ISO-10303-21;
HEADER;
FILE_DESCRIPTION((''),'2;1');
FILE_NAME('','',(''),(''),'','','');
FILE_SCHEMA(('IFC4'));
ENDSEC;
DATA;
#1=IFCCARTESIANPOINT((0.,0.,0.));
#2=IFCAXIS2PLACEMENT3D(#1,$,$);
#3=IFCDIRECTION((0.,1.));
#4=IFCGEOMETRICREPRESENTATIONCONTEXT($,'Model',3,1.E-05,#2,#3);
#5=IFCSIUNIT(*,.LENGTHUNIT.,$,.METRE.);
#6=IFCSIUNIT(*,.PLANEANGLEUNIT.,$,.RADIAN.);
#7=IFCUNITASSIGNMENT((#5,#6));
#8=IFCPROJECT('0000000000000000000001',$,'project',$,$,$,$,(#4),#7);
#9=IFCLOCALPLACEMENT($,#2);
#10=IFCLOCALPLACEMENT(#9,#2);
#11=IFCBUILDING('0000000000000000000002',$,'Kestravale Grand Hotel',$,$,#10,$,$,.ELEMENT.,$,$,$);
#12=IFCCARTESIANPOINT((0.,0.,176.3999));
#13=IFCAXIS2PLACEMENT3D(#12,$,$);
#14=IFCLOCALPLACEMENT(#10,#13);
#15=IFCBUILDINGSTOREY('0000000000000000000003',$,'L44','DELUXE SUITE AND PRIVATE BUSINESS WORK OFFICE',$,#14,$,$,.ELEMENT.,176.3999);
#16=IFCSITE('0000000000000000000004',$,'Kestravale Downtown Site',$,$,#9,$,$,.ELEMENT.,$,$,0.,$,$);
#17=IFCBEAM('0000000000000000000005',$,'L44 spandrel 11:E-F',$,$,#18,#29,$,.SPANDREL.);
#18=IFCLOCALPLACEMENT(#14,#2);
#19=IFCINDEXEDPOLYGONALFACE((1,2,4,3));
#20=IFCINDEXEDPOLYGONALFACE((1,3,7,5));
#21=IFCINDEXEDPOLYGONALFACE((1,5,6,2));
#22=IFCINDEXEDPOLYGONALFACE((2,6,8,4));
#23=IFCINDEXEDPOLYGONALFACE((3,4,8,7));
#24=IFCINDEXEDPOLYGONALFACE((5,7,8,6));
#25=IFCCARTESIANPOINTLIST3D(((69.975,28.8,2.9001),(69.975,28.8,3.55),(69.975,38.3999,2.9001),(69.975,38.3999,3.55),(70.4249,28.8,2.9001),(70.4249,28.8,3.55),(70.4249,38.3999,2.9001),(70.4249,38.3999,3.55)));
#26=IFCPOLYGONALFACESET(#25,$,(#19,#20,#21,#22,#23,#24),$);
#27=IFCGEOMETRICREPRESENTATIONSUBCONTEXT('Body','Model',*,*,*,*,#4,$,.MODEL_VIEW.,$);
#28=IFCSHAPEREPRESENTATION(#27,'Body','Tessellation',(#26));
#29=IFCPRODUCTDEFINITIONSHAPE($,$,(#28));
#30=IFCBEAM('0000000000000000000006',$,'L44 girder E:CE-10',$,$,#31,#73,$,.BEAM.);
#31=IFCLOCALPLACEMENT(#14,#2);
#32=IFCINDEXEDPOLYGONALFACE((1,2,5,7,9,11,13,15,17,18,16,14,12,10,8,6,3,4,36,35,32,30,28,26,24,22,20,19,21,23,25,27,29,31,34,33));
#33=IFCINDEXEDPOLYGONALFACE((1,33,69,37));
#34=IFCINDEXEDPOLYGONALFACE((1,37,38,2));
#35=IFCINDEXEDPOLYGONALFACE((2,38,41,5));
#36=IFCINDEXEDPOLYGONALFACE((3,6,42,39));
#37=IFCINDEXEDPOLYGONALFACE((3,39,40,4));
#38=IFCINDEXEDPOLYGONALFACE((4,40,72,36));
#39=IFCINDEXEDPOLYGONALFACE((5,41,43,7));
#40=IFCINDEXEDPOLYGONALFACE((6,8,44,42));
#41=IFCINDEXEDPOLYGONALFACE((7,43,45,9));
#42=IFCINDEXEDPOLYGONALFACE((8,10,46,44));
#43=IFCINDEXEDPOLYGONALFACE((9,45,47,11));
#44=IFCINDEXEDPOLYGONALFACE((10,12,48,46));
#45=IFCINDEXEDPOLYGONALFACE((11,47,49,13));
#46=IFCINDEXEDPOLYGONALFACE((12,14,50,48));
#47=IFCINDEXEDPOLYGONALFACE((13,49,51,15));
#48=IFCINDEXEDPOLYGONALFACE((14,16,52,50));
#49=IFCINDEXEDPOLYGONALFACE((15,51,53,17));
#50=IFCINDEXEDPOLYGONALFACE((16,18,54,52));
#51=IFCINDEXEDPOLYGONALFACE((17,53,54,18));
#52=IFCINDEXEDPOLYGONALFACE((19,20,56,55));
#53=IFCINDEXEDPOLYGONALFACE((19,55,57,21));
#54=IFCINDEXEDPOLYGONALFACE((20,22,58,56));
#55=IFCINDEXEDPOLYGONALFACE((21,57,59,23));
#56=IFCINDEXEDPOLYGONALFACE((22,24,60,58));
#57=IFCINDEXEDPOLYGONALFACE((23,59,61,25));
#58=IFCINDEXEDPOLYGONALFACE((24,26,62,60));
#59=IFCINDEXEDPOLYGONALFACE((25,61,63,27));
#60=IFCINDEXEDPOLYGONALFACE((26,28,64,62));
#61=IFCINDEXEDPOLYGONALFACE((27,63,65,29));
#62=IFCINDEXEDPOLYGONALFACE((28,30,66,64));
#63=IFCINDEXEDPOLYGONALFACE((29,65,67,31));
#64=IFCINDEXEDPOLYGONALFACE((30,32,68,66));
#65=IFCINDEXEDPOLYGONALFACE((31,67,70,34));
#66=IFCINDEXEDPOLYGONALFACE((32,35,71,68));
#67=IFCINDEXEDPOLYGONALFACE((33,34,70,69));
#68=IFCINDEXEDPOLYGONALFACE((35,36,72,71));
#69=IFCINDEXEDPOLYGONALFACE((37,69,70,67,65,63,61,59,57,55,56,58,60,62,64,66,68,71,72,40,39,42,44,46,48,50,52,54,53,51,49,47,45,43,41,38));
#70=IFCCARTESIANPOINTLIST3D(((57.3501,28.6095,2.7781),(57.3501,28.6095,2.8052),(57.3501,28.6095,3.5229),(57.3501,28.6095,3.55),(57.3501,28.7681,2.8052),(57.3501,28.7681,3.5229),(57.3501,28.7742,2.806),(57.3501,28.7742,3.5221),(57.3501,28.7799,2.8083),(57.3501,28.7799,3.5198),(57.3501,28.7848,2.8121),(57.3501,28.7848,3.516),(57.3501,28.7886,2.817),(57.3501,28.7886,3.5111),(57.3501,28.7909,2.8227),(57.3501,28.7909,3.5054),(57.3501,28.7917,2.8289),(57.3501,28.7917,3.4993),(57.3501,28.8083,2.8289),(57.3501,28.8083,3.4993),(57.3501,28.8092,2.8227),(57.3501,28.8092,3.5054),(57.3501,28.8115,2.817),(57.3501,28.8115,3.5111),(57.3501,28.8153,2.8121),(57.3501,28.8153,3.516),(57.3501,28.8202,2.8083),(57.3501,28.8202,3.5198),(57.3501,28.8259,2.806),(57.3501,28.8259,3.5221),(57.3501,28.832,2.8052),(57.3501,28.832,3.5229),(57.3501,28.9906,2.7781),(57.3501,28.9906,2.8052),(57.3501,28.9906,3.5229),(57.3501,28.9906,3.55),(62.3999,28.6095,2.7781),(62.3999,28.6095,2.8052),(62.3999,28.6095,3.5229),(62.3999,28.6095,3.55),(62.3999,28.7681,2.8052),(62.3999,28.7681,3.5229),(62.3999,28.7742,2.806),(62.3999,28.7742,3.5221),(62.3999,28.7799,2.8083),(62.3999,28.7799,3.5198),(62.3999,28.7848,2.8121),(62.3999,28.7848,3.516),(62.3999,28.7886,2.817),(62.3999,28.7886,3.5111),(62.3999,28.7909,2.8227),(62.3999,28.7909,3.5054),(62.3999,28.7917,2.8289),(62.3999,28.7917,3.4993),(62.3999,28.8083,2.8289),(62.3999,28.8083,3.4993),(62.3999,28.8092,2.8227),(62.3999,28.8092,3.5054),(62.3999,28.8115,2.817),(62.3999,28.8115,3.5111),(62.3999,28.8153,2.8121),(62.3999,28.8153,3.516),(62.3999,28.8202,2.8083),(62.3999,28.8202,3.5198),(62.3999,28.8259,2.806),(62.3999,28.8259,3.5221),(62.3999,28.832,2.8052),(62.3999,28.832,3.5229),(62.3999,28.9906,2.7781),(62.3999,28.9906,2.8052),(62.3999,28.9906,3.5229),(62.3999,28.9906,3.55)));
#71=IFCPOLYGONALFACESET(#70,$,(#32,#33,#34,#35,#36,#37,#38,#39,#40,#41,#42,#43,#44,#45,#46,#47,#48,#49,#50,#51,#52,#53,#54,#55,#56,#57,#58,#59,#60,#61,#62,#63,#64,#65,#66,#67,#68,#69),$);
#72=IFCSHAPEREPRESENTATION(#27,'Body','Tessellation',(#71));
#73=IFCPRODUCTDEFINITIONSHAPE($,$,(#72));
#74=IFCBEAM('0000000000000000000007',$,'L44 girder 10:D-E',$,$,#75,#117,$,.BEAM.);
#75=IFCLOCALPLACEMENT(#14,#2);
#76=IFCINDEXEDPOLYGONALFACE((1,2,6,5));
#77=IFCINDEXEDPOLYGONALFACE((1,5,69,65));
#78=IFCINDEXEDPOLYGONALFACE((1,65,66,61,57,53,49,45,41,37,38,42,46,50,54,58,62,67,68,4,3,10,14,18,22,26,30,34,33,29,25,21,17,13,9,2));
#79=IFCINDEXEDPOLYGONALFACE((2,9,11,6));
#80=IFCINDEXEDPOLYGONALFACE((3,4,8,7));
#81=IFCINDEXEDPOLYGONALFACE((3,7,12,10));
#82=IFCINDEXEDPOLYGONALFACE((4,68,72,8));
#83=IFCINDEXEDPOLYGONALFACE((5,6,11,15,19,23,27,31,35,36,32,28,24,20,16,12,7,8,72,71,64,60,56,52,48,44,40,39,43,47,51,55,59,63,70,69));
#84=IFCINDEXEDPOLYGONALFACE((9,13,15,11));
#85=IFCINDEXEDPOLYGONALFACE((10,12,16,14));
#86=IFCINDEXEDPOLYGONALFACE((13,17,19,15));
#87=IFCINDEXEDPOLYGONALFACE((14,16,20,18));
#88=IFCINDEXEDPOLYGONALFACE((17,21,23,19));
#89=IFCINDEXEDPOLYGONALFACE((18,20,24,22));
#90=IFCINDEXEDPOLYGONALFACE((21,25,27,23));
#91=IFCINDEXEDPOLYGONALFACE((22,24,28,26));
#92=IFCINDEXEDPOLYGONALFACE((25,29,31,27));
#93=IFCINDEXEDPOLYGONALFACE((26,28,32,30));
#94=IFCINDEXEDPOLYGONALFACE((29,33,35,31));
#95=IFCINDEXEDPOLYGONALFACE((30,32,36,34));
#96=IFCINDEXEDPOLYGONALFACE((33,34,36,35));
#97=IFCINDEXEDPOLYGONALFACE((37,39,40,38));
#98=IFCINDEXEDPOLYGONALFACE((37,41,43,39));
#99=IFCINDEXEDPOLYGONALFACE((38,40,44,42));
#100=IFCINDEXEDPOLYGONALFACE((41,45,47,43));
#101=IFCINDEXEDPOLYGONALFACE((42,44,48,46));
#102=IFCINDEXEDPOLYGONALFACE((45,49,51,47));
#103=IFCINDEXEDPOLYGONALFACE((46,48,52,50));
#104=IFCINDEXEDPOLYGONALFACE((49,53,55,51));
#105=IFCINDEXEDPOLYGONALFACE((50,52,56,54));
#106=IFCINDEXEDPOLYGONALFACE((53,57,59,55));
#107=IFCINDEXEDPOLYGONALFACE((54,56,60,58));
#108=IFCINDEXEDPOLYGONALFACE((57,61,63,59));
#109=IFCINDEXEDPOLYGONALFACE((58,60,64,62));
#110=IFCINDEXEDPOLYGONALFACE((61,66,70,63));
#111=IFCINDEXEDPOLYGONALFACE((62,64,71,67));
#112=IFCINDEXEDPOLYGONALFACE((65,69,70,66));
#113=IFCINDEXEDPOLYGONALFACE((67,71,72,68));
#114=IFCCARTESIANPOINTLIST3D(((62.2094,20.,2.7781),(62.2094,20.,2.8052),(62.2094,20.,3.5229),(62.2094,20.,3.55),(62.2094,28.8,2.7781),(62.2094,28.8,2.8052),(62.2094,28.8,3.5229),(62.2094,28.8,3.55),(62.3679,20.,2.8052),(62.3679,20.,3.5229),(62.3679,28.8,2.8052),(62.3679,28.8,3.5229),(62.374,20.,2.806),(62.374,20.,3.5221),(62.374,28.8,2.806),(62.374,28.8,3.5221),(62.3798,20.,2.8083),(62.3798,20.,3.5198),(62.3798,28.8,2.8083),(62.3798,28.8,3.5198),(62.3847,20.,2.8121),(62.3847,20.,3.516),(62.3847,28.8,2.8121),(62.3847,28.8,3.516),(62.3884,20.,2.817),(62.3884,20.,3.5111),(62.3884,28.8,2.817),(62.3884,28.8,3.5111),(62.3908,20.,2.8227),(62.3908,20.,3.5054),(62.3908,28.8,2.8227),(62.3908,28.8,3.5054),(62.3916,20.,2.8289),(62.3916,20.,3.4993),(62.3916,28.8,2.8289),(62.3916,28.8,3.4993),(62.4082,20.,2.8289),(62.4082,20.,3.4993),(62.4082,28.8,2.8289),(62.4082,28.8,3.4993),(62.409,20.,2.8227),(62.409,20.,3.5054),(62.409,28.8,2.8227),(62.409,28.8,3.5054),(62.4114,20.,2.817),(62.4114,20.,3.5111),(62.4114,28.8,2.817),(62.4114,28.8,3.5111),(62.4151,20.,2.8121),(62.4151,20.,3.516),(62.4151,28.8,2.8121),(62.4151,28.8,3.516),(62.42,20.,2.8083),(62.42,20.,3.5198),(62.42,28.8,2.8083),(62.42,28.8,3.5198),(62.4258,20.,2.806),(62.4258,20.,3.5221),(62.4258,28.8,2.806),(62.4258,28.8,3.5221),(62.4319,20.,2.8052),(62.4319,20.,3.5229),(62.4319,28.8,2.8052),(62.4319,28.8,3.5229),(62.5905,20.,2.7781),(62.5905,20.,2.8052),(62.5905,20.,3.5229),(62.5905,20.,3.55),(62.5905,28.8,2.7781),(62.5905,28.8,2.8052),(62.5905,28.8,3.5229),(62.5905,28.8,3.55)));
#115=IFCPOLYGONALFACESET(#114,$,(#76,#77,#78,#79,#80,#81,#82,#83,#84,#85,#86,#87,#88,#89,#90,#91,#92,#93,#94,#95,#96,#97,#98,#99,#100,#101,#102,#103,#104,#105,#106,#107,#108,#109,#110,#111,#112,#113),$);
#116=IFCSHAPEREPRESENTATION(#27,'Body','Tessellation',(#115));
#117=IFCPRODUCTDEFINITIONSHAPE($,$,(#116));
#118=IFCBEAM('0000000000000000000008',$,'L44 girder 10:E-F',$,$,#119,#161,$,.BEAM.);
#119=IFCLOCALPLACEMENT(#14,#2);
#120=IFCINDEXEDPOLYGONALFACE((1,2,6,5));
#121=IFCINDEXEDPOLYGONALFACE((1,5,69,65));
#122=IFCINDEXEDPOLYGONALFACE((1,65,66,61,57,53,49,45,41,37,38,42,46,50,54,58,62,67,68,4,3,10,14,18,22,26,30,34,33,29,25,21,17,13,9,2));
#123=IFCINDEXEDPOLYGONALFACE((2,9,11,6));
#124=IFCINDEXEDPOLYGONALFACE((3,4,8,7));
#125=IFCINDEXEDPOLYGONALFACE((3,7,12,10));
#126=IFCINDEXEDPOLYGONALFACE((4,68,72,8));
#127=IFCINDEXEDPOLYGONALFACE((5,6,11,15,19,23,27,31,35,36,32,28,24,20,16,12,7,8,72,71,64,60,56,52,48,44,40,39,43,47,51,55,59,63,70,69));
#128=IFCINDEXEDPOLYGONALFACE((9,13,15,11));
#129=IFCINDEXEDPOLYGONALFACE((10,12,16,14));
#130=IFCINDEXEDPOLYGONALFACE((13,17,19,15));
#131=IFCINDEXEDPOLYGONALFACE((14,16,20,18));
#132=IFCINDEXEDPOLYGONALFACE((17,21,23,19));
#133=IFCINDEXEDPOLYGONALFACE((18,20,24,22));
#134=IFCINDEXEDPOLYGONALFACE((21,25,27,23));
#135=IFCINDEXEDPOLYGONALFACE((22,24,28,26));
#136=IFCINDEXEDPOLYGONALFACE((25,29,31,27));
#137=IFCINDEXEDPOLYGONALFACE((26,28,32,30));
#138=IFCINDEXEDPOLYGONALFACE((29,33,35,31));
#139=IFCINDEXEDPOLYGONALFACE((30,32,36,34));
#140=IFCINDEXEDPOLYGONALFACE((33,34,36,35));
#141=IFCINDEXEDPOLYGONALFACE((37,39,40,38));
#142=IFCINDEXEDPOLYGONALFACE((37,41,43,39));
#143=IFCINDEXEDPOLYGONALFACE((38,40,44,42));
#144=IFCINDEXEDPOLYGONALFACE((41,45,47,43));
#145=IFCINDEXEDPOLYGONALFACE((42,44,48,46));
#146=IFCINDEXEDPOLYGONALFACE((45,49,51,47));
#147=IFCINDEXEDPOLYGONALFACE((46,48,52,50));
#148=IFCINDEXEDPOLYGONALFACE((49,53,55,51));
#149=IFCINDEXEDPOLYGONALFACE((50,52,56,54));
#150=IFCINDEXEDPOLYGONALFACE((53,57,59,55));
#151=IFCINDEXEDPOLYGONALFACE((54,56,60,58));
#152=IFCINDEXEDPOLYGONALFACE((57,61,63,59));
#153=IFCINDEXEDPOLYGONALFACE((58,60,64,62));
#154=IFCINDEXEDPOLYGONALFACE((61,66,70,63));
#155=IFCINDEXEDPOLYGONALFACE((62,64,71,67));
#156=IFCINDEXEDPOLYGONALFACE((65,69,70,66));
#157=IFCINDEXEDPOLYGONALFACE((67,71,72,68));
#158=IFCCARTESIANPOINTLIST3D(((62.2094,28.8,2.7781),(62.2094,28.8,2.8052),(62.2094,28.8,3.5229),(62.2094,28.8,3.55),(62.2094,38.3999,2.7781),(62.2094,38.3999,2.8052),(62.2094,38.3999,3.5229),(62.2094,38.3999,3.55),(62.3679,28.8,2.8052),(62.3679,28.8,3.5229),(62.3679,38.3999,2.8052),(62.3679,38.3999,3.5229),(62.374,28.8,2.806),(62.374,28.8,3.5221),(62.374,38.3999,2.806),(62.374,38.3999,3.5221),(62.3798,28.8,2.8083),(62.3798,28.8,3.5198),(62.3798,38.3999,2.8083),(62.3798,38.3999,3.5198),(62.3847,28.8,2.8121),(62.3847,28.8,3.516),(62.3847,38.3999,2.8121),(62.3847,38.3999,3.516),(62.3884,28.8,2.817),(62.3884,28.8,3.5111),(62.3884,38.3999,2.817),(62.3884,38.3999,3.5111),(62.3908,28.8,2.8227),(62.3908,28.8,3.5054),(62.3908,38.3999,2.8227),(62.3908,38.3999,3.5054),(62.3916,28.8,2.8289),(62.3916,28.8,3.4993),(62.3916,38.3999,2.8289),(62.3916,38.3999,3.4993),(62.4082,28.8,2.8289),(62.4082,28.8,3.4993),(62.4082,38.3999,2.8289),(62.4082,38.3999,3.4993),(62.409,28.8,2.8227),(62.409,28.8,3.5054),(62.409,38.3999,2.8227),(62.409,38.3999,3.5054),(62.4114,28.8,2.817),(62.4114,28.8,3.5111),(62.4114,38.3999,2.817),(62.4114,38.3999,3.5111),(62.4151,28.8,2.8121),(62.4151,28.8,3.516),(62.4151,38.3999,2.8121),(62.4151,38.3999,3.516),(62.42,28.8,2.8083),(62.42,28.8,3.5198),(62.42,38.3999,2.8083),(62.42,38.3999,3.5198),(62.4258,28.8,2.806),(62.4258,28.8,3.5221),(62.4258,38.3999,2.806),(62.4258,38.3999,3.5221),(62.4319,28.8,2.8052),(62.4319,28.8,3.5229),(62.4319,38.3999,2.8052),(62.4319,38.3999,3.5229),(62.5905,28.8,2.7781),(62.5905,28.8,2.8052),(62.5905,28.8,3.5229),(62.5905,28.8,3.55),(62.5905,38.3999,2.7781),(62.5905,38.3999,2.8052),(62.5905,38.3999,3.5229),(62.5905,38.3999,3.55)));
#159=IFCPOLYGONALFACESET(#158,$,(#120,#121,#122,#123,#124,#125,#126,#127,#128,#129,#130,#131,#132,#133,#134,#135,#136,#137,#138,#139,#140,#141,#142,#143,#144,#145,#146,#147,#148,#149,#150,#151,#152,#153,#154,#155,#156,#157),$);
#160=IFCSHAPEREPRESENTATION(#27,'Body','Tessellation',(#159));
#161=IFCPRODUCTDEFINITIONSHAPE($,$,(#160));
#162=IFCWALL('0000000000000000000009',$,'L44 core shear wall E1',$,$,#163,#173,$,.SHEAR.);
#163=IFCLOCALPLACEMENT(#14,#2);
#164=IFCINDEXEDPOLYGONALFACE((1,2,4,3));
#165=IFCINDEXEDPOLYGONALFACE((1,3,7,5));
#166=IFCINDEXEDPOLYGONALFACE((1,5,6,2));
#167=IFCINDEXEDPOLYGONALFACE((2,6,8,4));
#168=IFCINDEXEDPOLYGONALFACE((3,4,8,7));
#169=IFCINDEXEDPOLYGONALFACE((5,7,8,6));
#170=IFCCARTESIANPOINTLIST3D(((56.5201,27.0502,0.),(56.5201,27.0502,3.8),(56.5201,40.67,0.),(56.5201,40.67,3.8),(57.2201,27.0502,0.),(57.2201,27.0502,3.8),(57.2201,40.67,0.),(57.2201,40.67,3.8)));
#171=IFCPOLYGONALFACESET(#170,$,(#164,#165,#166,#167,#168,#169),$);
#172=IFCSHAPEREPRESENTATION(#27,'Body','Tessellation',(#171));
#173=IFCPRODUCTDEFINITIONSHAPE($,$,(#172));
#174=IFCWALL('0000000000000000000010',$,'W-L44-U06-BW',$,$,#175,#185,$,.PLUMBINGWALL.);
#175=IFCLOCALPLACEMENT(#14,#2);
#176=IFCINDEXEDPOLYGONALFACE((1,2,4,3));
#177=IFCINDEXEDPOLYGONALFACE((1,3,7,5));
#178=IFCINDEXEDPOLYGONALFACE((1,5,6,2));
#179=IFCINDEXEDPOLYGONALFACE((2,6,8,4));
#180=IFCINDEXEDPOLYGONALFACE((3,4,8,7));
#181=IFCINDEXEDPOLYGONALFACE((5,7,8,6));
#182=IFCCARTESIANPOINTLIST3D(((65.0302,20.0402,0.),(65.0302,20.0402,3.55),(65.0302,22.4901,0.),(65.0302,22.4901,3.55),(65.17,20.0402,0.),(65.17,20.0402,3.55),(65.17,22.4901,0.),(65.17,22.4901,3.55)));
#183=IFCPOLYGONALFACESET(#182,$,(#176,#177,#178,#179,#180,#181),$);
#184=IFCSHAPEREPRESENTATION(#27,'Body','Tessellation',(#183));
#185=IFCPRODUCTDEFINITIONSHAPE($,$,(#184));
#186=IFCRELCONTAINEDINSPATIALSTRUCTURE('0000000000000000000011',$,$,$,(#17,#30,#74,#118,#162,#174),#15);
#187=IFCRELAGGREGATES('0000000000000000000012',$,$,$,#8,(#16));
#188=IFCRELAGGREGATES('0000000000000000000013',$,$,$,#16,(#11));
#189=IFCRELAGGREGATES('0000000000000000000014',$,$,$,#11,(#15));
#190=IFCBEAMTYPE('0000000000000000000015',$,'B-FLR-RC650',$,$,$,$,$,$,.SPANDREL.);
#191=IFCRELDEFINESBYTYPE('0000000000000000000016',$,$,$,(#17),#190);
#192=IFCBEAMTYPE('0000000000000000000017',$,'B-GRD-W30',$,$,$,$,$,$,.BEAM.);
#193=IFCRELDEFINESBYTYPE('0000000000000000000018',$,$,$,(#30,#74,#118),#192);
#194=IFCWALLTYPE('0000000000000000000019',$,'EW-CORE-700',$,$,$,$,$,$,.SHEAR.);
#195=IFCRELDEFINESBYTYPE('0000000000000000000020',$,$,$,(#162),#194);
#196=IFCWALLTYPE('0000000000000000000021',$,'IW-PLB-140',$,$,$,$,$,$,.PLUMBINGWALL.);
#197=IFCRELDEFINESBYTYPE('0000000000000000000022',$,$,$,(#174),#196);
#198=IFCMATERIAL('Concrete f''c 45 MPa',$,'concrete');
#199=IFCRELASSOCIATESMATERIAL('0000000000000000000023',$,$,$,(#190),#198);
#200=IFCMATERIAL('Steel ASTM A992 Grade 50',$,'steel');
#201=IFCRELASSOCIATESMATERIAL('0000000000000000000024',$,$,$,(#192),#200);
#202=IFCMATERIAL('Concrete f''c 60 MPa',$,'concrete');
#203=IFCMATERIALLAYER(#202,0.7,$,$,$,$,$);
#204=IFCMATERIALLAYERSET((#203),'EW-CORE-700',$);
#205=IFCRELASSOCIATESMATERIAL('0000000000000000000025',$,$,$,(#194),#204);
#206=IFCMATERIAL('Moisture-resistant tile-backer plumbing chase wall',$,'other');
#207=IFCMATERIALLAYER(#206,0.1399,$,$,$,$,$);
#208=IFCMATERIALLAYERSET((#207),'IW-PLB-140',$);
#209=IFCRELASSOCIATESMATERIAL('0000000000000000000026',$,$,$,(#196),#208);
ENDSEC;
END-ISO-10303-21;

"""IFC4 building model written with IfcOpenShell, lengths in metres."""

from ifc_helpers import new_model, si_unit, direction, frame, frame_2d, origin, origin_2d, place, context, subcontext, project, spatial, rectangle, i_section, extrude, material, layer, layer_set, material_profile, profile_set, type_object, element, save


model = new_model("IFC4")

# Units and contexts
model_context = context("Model", 3, precision=1e-05, world=origin(), true_north=direction((0.0, 1.0)))
body_context = subcontext(model_context, "Body", "Model", "MODEL_VIEW")
ifc_project = project(units=[si_unit("LENGTHUNIT", "METRE"), si_unit("PLANEANGLEUNIT", "RADIAN")], contexts=[model_context])

# Site, building, storey
site_placement = place(None, origin())
site = spatial("IfcSite", under=ifc_project, at=site_placement, Name="Kestravale Downtown Site", CompositionType="ELEMENT", RefElevation=0.0)
building_placement = place(site_placement, origin())
building = spatial("IfcBuilding", under=site, at=building_placement, Name="Kestravale Grand Hotel", CompositionType="ELEMENT")
storey_placement = place(building_placement, frame((0.0, 0.0, 176.3999)))
storey = spatial("IfcBuildingStorey", under=building, at=storey_placement, Name="L44", Description="DELUXE SUITE AND PRIVATE BUSINESS WORK OFFICE", CompositionType="ELEMENT", Elevation=176.3999)

# Beams
ifc_material_1 = material(Name="Concrete f'c 45 MPa", Category="concrete")
ifc_material_profile_1 = material_profile(ifc_material_1, rectangle(XDim=0.45, YDim=0.6499, at=origin_2d()))
ifc_profile_set_1 = profile_set([ifc_material_profile_1], Name="Concrete f'c 45 MPa")
beam_type_1 = type_object("IfcBeamType", Name="B-FLR-RC650", PredefinedType="SPANDREL", material=ifc_profile_set_1)
beam_1_placement = place(storey_placement, frame((70.2, 28.8, 3.2251), z_axis=(0.0, 1.0, 0.0), x_axis=(-1.0, 0.0, 0.0)))
element("IfcBeam", 1, at=beam_1_placement, inside=storey, type_object=beam_type_1, Name="L44 spandrel 11:E-F", PredefinedType="SPANDREL", context=body_context, shape_type="SweptSolid", body=[
    extrude(rectangle(XDim=0.45, YDim=0.6499, at=origin_2d()), origin(), (0.0, 0.0, 1.0), 9.5999),
])
ifc_material_2 = material(Name="Steel ASTM A992 Grade 50", Category="steel")
ifc_material_profile_2 = material_profile(ifc_material_2, i_section(OverallWidth=0.3811, OverallDepth=0.772, WebThickness=0.0166, FlangeThickness=0.0271, FilletRadius=0.0237, at=origin_2d()))
ifc_profile_set_2 = profile_set([ifc_material_profile_2], Name="Steel ASTM A992 Grade 50")
beam_type_2 = type_object("IfcBeamType", Name="B-GRD-W30", PredefinedType="BEAM", material=ifc_profile_set_2)
beam_2_placement = place(storey_placement, frame((57.3501, 28.8, 3.1641), z_axis=(1.0, 0.0, 0.0), x_axis=(0.0, 1.0, 0.0)))
element("IfcBeam", 2, at=beam_2_placement, inside=storey, type_object=beam_type_2, Name="L44 girder E:CE-10", PredefinedType="BEAM", context=body_context, shape_type="SweptSolid", body=[
    extrude(i_section(OverallWidth=0.3811, OverallDepth=0.772, WebThickness=0.0166, FlangeThickness=0.0271, FilletRadius=0.0237, at=origin_2d()), origin(), (0.0, 0.0, 1.0), 5.0498),
])
beam_3_placement = place(storey_placement, frame((62.3999, 20.0, 3.1641), z_axis=(0.0, 1.0, 0.0), x_axis=(-1.0, 0.0, 0.0)))
element("IfcBeam", 3, at=beam_3_placement, inside=storey, type_object=beam_type_2, Name="L44 girder 10:D-E", PredefinedType="BEAM", context=body_context, shape_type="SweptSolid", body=[
    extrude(i_section(OverallWidth=0.3811, OverallDepth=0.772, WebThickness=0.0166, FlangeThickness=0.0271, FilletRadius=0.0237, at=origin_2d()), origin(), (0.0, 0.0, 1.0), 8.8),
])
beam_4_placement = place(storey_placement, frame((62.3999, 28.8, 3.1641), z_axis=(0.0, 1.0, 0.0), x_axis=(-1.0, 0.0, 0.0)))
element("IfcBeam", 4, at=beam_4_placement, inside=storey, type_object=beam_type_2, Name="L44 girder 10:E-F", PredefinedType="BEAM", context=body_context, shape_type="SweptSolid", body=[
    extrude(i_section(OverallWidth=0.3811, OverallDepth=0.772, WebThickness=0.0166, FlangeThickness=0.0271, FilletRadius=0.0237, at=origin_2d()), origin(), (0.0, 0.0, 1.0), 9.5999),
])

# Walls
ifc_material_3 = material(Name="Concrete f'c 60 MPa", Category="concrete")
ifc_layer_1 = layer(ifc_material_3, 0.7)
ifc_layer_set_1 = layer_set([ifc_layer_1], Name="EW-CORE-700")
wall_type_1 = type_object("IfcWallType", Name="EW-CORE-700", PredefinedType="SHEAR", material=ifc_layer_set_1)
wall_1_placement = place(storey_placement, frame((56.8701, 27.05, 0.0), z_axis=(0.0, 0.0, 1.0), x_axis=(0.0, 1.0, 0.0)))
element("IfcWall", 5, at=wall_1_placement, inside=storey, type_object=wall_type_1, Name="L44 core shear wall E1", PredefinedType="SHEAR", context=body_context, shape_type="SweptSolid", body=[
    extrude(rectangle(XDim=13.6199, YDim=0.7, at=frame_2d((6.8101, 0.0))), origin(), (0.0, 0.0, 1.0), 3.8),
])
ifc_material_4 = material(Name="Moisture-resistant tile-backer plumbing chase wall", Category="other")
ifc_layer_2 = layer(ifc_material_4, 0.1399)
ifc_layer_set_2 = layer_set([ifc_layer_2], Name="IW-PLB-140")
wall_type_2 = type_object("IfcWallType", Name="IW-PLB-140", PredefinedType="PLUMBINGWALL", material=ifc_layer_set_2)
wall_2_placement = place(storey_placement, frame((65.1001, 20.04, 0.0), z_axis=(0.0, 0.0, 1.0), x_axis=(0.0, 1.0, 0.0)))
element("IfcWall", 6, at=wall_2_placement, inside=storey, type_object=wall_type_2, Name="W-L44-U06-BW", PredefinedType="PLUMBINGWALL", context=body_context, shape_type="SweptSolid", body=[
    extrude(rectangle(XDim=2.45, YDim=0.1399, at=frame_2d((1.2251, 0.0))), origin(), (0.0, 0.0, 1.0), 3.55),
])

save(model, "model.ifc")
